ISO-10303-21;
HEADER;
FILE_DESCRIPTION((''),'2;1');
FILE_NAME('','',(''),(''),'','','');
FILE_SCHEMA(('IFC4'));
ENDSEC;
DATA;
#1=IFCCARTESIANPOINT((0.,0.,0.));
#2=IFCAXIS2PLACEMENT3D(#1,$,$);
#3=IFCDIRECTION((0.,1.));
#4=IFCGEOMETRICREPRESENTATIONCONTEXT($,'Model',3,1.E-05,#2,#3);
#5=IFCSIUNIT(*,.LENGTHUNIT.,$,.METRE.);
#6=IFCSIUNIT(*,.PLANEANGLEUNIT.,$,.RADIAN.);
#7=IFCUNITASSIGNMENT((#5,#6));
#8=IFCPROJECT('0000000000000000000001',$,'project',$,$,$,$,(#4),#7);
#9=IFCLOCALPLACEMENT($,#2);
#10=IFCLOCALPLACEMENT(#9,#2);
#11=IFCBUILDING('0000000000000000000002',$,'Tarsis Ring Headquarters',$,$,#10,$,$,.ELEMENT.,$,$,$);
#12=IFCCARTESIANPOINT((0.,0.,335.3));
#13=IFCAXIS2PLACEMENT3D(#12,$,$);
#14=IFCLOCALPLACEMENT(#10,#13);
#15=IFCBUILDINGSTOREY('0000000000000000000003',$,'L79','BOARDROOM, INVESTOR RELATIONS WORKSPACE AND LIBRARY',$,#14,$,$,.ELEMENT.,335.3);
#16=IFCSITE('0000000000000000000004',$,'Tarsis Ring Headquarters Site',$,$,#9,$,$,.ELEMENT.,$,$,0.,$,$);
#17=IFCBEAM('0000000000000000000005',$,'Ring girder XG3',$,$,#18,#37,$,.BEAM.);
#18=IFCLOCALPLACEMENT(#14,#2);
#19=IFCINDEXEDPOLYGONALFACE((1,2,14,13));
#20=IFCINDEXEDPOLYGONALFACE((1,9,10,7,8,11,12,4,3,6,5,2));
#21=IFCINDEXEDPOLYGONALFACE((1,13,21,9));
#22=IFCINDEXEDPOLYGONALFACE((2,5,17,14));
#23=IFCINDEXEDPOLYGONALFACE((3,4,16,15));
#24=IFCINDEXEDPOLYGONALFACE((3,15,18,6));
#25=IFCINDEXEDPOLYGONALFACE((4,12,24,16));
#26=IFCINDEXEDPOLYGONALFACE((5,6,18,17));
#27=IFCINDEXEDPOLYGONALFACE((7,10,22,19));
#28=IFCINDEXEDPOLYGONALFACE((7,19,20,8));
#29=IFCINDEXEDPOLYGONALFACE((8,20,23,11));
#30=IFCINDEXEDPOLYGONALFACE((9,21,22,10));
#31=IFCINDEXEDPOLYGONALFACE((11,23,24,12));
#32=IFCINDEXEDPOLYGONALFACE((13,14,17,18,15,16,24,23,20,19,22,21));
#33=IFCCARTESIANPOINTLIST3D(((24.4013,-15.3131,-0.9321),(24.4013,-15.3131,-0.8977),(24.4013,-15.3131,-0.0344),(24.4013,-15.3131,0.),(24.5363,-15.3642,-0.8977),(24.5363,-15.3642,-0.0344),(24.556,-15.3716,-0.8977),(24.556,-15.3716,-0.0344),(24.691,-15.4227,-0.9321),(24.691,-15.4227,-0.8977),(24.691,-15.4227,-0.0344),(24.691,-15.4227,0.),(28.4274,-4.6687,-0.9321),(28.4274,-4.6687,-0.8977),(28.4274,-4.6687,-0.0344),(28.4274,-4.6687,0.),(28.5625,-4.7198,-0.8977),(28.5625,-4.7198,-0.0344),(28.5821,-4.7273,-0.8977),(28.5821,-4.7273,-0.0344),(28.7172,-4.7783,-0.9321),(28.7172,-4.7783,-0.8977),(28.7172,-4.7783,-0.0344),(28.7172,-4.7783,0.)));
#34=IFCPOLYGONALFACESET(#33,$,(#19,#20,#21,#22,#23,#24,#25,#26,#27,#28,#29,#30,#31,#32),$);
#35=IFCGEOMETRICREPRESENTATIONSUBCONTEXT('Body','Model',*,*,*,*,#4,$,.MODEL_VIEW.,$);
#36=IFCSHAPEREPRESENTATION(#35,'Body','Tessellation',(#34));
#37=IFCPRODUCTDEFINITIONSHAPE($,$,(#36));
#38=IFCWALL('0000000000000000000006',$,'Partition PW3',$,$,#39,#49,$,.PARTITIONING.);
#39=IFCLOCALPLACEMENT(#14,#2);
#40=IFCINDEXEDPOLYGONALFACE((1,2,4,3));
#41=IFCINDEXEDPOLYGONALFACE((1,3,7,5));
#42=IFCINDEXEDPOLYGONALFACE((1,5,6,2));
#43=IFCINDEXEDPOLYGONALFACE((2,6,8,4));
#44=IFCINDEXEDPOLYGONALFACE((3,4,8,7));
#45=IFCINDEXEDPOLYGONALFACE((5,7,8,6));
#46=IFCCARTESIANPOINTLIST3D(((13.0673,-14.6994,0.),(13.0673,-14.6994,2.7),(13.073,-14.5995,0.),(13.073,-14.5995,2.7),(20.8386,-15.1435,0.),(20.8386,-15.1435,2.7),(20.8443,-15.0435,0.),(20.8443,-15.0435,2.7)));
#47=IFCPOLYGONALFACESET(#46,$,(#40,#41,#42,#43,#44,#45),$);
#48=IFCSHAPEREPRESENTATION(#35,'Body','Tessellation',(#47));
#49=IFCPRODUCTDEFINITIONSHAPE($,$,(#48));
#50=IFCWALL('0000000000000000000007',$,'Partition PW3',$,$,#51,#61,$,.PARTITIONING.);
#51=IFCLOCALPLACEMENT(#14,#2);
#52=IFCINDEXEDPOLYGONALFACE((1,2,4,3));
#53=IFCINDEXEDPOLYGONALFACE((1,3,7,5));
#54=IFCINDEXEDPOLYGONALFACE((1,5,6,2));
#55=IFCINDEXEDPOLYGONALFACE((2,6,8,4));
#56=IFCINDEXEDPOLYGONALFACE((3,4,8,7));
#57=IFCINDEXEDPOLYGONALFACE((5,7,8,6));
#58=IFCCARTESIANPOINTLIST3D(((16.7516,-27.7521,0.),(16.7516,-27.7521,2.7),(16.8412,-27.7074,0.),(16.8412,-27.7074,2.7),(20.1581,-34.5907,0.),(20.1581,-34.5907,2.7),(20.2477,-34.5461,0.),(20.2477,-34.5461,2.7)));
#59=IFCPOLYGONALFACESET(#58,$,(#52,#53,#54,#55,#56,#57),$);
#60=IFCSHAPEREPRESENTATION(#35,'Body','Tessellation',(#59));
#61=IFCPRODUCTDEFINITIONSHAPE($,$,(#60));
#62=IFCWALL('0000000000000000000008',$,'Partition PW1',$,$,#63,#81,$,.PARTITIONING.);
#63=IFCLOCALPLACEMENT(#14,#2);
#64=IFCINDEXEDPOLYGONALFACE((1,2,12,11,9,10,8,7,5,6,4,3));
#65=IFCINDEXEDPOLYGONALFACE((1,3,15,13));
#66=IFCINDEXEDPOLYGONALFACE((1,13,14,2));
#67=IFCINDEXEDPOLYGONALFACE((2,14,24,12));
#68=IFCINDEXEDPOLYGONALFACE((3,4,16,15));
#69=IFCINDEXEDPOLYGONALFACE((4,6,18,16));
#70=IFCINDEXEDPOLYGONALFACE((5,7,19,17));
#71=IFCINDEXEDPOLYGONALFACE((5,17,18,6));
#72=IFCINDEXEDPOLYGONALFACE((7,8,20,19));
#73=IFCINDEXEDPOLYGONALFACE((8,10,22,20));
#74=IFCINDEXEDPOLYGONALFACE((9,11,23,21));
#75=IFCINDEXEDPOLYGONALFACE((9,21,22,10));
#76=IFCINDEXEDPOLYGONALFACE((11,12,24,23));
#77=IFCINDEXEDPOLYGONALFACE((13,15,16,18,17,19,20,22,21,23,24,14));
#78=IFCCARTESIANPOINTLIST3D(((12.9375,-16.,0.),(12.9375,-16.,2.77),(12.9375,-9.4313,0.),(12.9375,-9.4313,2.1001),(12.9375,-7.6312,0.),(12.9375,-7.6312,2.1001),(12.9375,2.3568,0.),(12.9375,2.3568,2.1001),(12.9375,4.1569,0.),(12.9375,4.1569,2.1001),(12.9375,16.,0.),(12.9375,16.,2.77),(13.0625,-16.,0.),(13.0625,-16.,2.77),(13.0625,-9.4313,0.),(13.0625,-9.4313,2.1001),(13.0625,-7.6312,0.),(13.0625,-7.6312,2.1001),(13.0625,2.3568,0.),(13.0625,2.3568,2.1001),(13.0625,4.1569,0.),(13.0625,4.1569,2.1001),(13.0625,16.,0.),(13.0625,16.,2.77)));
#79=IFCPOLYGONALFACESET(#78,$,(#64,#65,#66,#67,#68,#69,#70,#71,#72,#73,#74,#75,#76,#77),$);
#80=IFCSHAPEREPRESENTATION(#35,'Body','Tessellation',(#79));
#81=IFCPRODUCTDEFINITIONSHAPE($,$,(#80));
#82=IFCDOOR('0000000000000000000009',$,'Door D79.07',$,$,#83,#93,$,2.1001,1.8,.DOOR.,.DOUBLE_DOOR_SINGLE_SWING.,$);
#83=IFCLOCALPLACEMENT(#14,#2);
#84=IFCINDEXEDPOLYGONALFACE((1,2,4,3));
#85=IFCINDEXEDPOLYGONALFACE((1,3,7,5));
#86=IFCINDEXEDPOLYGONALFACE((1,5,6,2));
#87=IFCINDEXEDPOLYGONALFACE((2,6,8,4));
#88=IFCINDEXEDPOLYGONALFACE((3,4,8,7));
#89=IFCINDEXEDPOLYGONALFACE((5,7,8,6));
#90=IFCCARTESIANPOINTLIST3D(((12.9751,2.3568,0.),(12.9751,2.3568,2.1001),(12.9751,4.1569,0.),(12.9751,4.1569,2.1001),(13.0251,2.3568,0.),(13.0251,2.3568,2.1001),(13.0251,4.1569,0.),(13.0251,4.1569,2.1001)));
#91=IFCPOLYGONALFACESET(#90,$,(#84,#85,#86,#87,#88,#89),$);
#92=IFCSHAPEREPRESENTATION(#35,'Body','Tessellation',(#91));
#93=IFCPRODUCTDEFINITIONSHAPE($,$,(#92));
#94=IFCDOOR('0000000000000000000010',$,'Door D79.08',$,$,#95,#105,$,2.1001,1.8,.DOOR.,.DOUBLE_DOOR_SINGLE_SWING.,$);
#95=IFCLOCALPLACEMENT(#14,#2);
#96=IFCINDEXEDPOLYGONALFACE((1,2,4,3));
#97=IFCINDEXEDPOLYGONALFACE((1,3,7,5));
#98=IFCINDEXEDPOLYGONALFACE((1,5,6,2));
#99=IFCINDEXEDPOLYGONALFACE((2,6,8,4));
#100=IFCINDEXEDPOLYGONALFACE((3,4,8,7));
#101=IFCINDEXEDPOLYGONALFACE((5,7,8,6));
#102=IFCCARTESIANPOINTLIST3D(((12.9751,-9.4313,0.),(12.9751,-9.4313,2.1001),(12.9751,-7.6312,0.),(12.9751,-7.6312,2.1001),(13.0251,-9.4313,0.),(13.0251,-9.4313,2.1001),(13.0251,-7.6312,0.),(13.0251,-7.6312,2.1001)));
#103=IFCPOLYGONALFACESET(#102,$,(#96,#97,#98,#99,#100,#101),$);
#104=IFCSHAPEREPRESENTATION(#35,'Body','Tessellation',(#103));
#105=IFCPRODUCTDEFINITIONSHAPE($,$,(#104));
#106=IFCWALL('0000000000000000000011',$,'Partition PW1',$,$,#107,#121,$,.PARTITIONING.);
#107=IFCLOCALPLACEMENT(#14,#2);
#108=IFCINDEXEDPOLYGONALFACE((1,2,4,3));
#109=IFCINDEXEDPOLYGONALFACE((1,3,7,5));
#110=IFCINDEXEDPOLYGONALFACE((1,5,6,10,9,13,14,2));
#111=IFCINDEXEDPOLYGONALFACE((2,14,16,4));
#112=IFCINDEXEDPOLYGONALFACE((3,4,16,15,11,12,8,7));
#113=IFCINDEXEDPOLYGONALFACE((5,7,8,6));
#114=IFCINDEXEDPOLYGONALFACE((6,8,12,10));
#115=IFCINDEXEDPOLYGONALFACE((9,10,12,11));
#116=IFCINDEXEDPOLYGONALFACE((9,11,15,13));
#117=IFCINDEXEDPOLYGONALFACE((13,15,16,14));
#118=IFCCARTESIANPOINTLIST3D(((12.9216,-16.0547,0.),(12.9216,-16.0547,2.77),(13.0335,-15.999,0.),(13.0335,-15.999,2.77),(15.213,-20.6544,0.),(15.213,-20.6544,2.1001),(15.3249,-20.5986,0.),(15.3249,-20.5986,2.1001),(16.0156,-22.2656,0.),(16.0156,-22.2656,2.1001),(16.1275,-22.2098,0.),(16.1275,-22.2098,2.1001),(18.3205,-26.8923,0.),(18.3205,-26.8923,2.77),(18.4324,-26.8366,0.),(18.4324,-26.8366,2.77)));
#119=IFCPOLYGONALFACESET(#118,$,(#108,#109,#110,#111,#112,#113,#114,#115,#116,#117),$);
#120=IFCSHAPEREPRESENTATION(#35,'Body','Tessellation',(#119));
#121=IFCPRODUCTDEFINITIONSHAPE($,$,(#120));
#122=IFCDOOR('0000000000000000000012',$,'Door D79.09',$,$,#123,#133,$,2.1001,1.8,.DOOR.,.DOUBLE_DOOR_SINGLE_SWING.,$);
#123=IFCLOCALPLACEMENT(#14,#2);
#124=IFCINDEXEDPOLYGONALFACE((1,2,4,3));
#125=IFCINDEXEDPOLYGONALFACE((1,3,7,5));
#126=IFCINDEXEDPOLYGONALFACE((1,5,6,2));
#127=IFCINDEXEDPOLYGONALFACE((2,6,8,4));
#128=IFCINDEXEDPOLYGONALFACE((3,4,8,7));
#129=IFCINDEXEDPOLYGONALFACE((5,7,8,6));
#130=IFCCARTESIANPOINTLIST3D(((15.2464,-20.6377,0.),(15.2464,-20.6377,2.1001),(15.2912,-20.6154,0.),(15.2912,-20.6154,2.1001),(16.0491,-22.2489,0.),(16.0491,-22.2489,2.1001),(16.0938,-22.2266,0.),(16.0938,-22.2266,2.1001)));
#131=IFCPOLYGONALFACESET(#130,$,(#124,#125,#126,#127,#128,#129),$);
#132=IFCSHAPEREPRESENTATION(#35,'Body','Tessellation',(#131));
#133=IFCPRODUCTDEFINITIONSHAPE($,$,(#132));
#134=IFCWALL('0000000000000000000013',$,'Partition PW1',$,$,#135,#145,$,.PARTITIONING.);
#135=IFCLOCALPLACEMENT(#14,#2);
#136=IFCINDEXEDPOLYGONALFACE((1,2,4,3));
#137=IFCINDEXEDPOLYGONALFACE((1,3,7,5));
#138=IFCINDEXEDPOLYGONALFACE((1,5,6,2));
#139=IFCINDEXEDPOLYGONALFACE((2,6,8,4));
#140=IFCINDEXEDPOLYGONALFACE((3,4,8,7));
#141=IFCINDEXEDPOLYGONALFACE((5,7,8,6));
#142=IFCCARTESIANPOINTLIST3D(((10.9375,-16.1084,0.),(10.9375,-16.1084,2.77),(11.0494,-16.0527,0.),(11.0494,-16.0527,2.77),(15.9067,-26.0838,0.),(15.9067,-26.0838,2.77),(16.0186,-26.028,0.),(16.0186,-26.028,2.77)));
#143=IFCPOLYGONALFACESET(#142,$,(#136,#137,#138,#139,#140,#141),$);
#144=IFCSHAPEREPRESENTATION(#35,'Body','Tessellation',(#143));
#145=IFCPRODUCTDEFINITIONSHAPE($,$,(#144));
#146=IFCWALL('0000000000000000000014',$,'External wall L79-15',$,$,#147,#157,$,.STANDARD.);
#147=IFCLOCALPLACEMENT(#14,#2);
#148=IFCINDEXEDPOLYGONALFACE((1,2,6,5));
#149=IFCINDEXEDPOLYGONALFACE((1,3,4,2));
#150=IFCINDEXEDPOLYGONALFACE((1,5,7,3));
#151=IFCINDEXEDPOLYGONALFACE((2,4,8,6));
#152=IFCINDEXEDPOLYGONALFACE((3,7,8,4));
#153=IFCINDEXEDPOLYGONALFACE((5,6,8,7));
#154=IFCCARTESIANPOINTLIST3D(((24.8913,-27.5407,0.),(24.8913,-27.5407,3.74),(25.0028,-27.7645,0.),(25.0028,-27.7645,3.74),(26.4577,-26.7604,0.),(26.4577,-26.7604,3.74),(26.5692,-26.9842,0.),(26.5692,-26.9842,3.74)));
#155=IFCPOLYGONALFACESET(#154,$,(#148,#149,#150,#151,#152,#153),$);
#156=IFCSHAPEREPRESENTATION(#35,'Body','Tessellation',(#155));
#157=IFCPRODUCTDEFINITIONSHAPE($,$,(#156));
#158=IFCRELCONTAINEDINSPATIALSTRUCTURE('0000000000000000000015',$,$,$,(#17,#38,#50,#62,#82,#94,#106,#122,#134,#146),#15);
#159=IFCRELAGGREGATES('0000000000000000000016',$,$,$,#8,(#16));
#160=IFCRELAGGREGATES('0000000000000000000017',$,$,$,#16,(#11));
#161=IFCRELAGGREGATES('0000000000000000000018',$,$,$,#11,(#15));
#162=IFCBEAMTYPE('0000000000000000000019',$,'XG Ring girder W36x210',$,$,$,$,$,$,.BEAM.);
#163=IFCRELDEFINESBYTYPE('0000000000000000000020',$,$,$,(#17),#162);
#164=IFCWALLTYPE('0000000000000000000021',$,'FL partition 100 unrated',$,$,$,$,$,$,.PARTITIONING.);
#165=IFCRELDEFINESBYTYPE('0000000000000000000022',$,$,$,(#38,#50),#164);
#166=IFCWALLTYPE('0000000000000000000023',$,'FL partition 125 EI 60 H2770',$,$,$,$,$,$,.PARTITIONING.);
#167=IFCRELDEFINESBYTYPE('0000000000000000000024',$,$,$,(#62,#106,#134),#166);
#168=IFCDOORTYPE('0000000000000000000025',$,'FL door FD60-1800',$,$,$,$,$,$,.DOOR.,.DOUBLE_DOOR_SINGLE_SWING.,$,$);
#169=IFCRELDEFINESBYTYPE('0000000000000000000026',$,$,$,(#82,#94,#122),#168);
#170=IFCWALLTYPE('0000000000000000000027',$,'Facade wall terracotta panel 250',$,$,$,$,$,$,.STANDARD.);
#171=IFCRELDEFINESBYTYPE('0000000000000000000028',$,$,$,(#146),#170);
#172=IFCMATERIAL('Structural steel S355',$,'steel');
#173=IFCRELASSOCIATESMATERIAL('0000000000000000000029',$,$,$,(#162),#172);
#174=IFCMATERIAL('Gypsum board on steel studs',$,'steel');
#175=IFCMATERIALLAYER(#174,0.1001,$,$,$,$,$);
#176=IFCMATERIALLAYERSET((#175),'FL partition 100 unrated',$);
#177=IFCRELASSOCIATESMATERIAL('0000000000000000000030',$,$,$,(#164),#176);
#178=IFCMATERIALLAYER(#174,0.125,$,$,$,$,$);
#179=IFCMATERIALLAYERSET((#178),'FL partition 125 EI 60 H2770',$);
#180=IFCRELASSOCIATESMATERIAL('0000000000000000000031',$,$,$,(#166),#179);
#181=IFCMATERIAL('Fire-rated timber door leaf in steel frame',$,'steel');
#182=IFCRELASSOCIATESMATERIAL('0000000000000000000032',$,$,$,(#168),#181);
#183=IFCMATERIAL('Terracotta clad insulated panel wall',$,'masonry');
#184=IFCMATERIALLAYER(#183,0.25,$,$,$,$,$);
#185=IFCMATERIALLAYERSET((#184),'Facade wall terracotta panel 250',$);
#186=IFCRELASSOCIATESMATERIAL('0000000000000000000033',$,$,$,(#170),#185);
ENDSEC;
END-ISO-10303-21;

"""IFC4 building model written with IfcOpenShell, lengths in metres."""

from ifc_helpers import new_model, si_unit, direction, frame, frame_2d, origin, origin_2d, place, context, subcontext, project, spatial, rectangle, i_section, extrude, material, layer, layer_set, material_profile, profile_set, type_object, element, fill, save


model = new_model("IFC4")

# Units and contexts
model_context = context("Model", 3, precision=1e-05, world=origin(), true_north=direction((0.0, 1.0)))
body_context = subcontext(model_context, "Body", "Model", "MODEL_VIEW")
ifc_project = project(units=[si_unit("LENGTHUNIT", "METRE"), si_unit("PLANEANGLEUNIT", "RADIAN")], contexts=[model_context])

# Site, building, storey
site_placement = place(None, origin())
site = spatial("IfcSite", under=ifc_project, at=site_placement, Name="Tarsis Ring Headquarters Site", CompositionType="ELEMENT", RefElevation=0.0)
building_placement = place(site_placement, origin())
building = spatial("IfcBuilding", under=site, at=building_placement, Name="Tarsis Ring Headquarters", CompositionType="ELEMENT")
storey_placement = place(building_placement, frame((0.0, 0.0, 335.3)))
storey = spatial("IfcBuildingStorey", under=building, at=storey_placement, Name="L79", Description="BOARDROOM, INVESTOR RELATIONS WORKSPACE AND LIBRARY", CompositionType="ELEMENT", Elevation=335.3)

# Shared definitions
ifc_material_1 = material(Name="Structural steel S355", Category="steel")

# Beam
ifc_material_profile_1 = material_profile(ifc_material_1, i_section(OverallWidth=0.3098, OverallDepth=0.9321, WebThickness=0.021, FlangeThickness=0.0344, at=origin_2d()), Name="W36x210")
ifc_profile_set_1 = profile_set([ifc_material_profile_1], Name="Structural steel S355")
beam_type = type_object("IfcBeamType", Name="XG Ring girder W36x210", PredefinedType="BEAM", material=ifc_profile_set_1)
beam_1_placement = place(storey_placement, frame((24.5461, -15.3679, -0.4661), z_axis=(0.353781, 0.935328, 0.0), x_axis=(-0.935328, 0.353781, 0.0)))
element("IfcBeam", 1, at=beam_1_placement, inside=storey, type_object=beam_type, Name="Ring girder XG3", PredefinedType="BEAM", context=body_context, shape_type="SweptSolid", body=[
    extrude(i_section(OverallWidth=0.3098, OverallDepth=0.9321, WebThickness=0.021, FlangeThickness=0.0344, at=origin_2d()), origin(), (0.0, 0.0, 1.0), 11.3804),
])

# Walls
ifc_material_2 = material(Name="Gypsum board on steel studs", Category="steel")
ifc_layer_1 = layer(ifc_material_2, 0.1001)
ifc_layer_set_1 = layer_set([ifc_layer_1], Name="FL partition 100 unrated")
wall_type_1 = type_object("IfcWallType", Name="FL partition 100 unrated", PredefinedType="PARTITIONING", material=ifc_layer_set_1)
wall_1_placement = place(storey_placement, frame((13.0701, -14.6494, 0.0), z_axis=(0.0, 0.0, 1.0), x_axis=(0.998371, -0.057052, 0.0)))
element("IfcWall", 2, at=wall_1_placement, inside=storey, type_object=wall_type_1, Name="Partition PW3", PredefinedType="PARTITIONING", context=body_context, shape_type="SweptSolid", body=[
    extrude(rectangle(XDim=7.7839, YDim=0.1001, at=frame_2d((3.8921, 0.0))), origin(), (0.0, 0.0, 1.0), 2.7),
])
wall_2_placement = place(storey_placement, frame((16.7964, -27.7297, 0.0), z_axis=(0.0, 0.0, 1.0), x_axis=(0.445871, -0.895097, 0.0)))
element("IfcWall", 3, at=wall_2_placement, inside=storey, type_object=wall_type_1, Name="Partition PW3", PredefinedType="PARTITIONING", context=body_context, shape_type="SweptSolid", body=[
    extrude(rectangle(XDim=7.6401, YDim=0.1001, at=frame_2d((3.8201, 0.0))), origin(), (0.0, 0.0, 1.0), 2.7),
])

# Wall, openings, doors
ifc_layer_2 = layer(ifc_material_2, 0.125)
ifc_layer_set_2 = layer_set([ifc_layer_2], Name="FL partition 125 EI 60 H2770")
wall_type_2 = type_object("IfcWallType", Name="FL partition 125 EI 60 H2770", PredefinedType="PARTITIONING", material=ifc_layer_set_2)
wall_3_placement = place(storey_placement, frame((13.0, -16.0, 0.0), z_axis=(0.0, 0.0, 1.0), x_axis=(0.0, 1.0, 0.0)))
wall_3 = element("IfcWall", 4, at=wall_3_placement, inside=storey, type_object=wall_type_2, Name="Partition PW1", PredefinedType="PARTITIONING", context=body_context, shape_type="SweptSolid", body=[
    extrude(rectangle(XDim=32.0, YDim=0.125, at=frame_2d((16.0, 0.0))), origin(), (0.0, 0.0, 1.0), 2.77),
])
opening_1_placement = place(wall_3_placement, frame((18.3569, 0.0, 0.0)))
opening_1 = element("IfcOpeningElement", 5, at=opening_1_placement, cuts=wall_3, PredefinedType="OPENING", context=body_context, shape_type="SweptSolid", body=[
    extrude(rectangle(XDim=1.8, YDim=2.1001, at=frame_2d((0.8999, 1.05))), frame((0.0, 0.0725, 0.0), z_axis=(0.0, -1.0, 0.0), x_axis=(1.0, 0.0, 0.0)), (0.0, 0.0, 1.0), 0.145),
])
opening_2_placement = place(wall_3_placement, frame((6.5688, 0.0, 0.0)))
opening_2 = element("IfcOpeningElement", 6, at=opening_2_placement, cuts=wall_3, PredefinedType="OPENING", context=body_context, shape_type="SweptSolid", body=[
    extrude(rectangle(XDim=1.8, YDim=2.1001, at=frame_2d((0.8999, 1.05))), frame((0.0, 0.0725, 0.0), z_axis=(0.0, -1.0, 0.0), x_axis=(1.0, 0.0, 0.0)), (0.0, 0.0, 1.0), 0.145),
])
ifc_material_3 = material(Name="Fire-rated timber door leaf in steel frame", Category="steel")
door_type = type_object("IfcDoorType", Name="FL door FD60-1800", OperationType="DOUBLE_DOOR_SINGLE_SWING", PredefinedType="DOOR", material=ifc_material_3)
door_1_placement = place(opening_1_placement, origin())
door_1 = element("IfcDoor", 7, at=door_1_placement, inside=storey, type_object=door_type, Name="Door D79.07", OperationType="DOUBLE_DOOR_SINGLE_SWING", OverallHeight=2.1001, OverallWidth=1.8, PredefinedType="DOOR", context=body_context, shape_type="SweptSolid", body=[
    extrude(rectangle(XDim=1.8, YDim=2.1001, at=frame_2d((0.8999, 1.05))), frame((0.0, 0.0249, 0.0), z_axis=(0.0, -1.0, 0.0), x_axis=(1.0, 0.0, 0.0)), (0.0, 0.0, 1.0), 0.05),
])
fill(opening_1, door_1)
door_2_placement = place(opening_2_placement, origin())
door_2 = element("IfcDoor", 8, at=door_2_placement, inside=storey, type_object=door_type, Name="Door D79.08", OperationType="DOUBLE_DOOR_SINGLE_SWING", OverallHeight=2.1001, OverallWidth=1.8, PredefinedType="DOOR", context=body_context, shape_type="SweptSolid", body=[
    extrude(rectangle(XDim=1.8, YDim=2.1001, at=frame_2d((0.8999, 1.05))), frame((0.0, 0.0249, 0.0), z_axis=(0.0, -1.0, 0.0), x_axis=(1.0, 0.0, 0.0)), (0.0, 0.0, 1.0), 0.05),
])
fill(opening_2, door_2)

# Wall, opening, door
wall_4_placement = place(storey_placement, frame((12.9775, -16.0269, 0.0), z_axis=(0.0, 0.0, 1.0), x_axis=(0.445898, -0.895084, 0.0)))
wall_4 = element("IfcWall", 9, at=wall_4_placement, inside=storey, type_object=wall_type_2, Name="Partition PW1", PredefinedType="PARTITIONING", context=body_context, shape_type="SweptSolid", body=[
    extrude(rectangle(XDim=12.1079, YDim=0.125, at=frame_2d((6.054, 0.0))), origin(), (0.0, 0.0, 1.0), 2.77),
])
opening_3_placement = place(wall_4_placement, frame((5.1389, 0.0, 0.0)))
opening_3 = element("IfcOpeningElement", 10, at=opening_3_placement, cuts=wall_4, PredefinedType="OPENING", context=body_context, shape_type="SweptSolid", body=[
    extrude(rectangle(XDim=1.8, YDim=2.1001, at=frame_2d((0.8999, 1.05))), frame((0.0, 0.0725, 0.0), z_axis=(0.0, -1.0, 0.0), x_axis=(1.0, 0.0, 0.0)), (0.0, 0.0, 1.0), 0.145),
])
door_3_placement = place(opening_3_placement, origin())
door_3 = element("IfcDoor", 11, at=door_3_placement, inside=storey, type_object=door_type, Name="Door D79.09", OperationType="DOUBLE_DOOR_SINGLE_SWING", OverallHeight=2.1001, OverallWidth=1.8, PredefinedType="DOOR", context=body_context, shape_type="SweptSolid", body=[
    extrude(rectangle(XDim=1.8, YDim=2.1001, at=frame_2d((0.8999, 1.05))), frame((0.0, 0.0249, 0.0), z_axis=(0.0, -1.0, 0.0), x_axis=(1.0, 0.0, 0.0)), (0.0, 0.0, 1.0), 0.05),
])
fill(opening_3, door_3)

# Walls
wall_5_placement = place(storey_placement, frame((10.9934, -16.0806, 0.0), z_axis=(0.0, 0.0, 1.0), x_axis=(0.44589, -0.895088, 0.0)))
element("IfcWall", 12, at=wall_5_placement, inside=storey, type_object=wall_type_2, Name="Partition PW1", PredefinedType="PARTITIONING", context=body_context, shape_type="SweptSolid", body=[
    extrude(rectangle(XDim=11.1445, YDim=0.125, at=frame_2d((5.5723, 0.0))), origin(), (0.0, 0.0, 1.0), 2.77),
])
ifc_material_4 = material(Name="Terracotta clad insulated panel wall", Category="masonry")
ifc_layer_3 = layer(ifc_material_4, 0.25)
ifc_layer_set_3 = layer_set([ifc_layer_3], Name="Facade wall terracotta panel 250")
wall_type_3 = type_object("IfcWallType", Name="Facade wall terracotta panel 250", PredefinedType="STANDARD", material=ifc_layer_set_3)
wall_6_placement = place(storey_placement, frame((24.947, -27.6526, 0.0), z_axis=(0.0, 0.0, 1.0), x_axis=(0.895096, 0.445874, 0.0)))
element("IfcWall", 13, at=wall_6_placement, inside=storey, type_object=wall_type_3, Name="External wall L79-15", PredefinedType="STANDARD", context=body_context, shape_type="SweptSolid", body=[
    extrude(rectangle(XDim=1.75, YDim=0.25, at=frame_2d((0.875, 0.0))), origin(), (0.0, 0.0, 1.0), 3.74),
])

save(model, "model.ifc")
